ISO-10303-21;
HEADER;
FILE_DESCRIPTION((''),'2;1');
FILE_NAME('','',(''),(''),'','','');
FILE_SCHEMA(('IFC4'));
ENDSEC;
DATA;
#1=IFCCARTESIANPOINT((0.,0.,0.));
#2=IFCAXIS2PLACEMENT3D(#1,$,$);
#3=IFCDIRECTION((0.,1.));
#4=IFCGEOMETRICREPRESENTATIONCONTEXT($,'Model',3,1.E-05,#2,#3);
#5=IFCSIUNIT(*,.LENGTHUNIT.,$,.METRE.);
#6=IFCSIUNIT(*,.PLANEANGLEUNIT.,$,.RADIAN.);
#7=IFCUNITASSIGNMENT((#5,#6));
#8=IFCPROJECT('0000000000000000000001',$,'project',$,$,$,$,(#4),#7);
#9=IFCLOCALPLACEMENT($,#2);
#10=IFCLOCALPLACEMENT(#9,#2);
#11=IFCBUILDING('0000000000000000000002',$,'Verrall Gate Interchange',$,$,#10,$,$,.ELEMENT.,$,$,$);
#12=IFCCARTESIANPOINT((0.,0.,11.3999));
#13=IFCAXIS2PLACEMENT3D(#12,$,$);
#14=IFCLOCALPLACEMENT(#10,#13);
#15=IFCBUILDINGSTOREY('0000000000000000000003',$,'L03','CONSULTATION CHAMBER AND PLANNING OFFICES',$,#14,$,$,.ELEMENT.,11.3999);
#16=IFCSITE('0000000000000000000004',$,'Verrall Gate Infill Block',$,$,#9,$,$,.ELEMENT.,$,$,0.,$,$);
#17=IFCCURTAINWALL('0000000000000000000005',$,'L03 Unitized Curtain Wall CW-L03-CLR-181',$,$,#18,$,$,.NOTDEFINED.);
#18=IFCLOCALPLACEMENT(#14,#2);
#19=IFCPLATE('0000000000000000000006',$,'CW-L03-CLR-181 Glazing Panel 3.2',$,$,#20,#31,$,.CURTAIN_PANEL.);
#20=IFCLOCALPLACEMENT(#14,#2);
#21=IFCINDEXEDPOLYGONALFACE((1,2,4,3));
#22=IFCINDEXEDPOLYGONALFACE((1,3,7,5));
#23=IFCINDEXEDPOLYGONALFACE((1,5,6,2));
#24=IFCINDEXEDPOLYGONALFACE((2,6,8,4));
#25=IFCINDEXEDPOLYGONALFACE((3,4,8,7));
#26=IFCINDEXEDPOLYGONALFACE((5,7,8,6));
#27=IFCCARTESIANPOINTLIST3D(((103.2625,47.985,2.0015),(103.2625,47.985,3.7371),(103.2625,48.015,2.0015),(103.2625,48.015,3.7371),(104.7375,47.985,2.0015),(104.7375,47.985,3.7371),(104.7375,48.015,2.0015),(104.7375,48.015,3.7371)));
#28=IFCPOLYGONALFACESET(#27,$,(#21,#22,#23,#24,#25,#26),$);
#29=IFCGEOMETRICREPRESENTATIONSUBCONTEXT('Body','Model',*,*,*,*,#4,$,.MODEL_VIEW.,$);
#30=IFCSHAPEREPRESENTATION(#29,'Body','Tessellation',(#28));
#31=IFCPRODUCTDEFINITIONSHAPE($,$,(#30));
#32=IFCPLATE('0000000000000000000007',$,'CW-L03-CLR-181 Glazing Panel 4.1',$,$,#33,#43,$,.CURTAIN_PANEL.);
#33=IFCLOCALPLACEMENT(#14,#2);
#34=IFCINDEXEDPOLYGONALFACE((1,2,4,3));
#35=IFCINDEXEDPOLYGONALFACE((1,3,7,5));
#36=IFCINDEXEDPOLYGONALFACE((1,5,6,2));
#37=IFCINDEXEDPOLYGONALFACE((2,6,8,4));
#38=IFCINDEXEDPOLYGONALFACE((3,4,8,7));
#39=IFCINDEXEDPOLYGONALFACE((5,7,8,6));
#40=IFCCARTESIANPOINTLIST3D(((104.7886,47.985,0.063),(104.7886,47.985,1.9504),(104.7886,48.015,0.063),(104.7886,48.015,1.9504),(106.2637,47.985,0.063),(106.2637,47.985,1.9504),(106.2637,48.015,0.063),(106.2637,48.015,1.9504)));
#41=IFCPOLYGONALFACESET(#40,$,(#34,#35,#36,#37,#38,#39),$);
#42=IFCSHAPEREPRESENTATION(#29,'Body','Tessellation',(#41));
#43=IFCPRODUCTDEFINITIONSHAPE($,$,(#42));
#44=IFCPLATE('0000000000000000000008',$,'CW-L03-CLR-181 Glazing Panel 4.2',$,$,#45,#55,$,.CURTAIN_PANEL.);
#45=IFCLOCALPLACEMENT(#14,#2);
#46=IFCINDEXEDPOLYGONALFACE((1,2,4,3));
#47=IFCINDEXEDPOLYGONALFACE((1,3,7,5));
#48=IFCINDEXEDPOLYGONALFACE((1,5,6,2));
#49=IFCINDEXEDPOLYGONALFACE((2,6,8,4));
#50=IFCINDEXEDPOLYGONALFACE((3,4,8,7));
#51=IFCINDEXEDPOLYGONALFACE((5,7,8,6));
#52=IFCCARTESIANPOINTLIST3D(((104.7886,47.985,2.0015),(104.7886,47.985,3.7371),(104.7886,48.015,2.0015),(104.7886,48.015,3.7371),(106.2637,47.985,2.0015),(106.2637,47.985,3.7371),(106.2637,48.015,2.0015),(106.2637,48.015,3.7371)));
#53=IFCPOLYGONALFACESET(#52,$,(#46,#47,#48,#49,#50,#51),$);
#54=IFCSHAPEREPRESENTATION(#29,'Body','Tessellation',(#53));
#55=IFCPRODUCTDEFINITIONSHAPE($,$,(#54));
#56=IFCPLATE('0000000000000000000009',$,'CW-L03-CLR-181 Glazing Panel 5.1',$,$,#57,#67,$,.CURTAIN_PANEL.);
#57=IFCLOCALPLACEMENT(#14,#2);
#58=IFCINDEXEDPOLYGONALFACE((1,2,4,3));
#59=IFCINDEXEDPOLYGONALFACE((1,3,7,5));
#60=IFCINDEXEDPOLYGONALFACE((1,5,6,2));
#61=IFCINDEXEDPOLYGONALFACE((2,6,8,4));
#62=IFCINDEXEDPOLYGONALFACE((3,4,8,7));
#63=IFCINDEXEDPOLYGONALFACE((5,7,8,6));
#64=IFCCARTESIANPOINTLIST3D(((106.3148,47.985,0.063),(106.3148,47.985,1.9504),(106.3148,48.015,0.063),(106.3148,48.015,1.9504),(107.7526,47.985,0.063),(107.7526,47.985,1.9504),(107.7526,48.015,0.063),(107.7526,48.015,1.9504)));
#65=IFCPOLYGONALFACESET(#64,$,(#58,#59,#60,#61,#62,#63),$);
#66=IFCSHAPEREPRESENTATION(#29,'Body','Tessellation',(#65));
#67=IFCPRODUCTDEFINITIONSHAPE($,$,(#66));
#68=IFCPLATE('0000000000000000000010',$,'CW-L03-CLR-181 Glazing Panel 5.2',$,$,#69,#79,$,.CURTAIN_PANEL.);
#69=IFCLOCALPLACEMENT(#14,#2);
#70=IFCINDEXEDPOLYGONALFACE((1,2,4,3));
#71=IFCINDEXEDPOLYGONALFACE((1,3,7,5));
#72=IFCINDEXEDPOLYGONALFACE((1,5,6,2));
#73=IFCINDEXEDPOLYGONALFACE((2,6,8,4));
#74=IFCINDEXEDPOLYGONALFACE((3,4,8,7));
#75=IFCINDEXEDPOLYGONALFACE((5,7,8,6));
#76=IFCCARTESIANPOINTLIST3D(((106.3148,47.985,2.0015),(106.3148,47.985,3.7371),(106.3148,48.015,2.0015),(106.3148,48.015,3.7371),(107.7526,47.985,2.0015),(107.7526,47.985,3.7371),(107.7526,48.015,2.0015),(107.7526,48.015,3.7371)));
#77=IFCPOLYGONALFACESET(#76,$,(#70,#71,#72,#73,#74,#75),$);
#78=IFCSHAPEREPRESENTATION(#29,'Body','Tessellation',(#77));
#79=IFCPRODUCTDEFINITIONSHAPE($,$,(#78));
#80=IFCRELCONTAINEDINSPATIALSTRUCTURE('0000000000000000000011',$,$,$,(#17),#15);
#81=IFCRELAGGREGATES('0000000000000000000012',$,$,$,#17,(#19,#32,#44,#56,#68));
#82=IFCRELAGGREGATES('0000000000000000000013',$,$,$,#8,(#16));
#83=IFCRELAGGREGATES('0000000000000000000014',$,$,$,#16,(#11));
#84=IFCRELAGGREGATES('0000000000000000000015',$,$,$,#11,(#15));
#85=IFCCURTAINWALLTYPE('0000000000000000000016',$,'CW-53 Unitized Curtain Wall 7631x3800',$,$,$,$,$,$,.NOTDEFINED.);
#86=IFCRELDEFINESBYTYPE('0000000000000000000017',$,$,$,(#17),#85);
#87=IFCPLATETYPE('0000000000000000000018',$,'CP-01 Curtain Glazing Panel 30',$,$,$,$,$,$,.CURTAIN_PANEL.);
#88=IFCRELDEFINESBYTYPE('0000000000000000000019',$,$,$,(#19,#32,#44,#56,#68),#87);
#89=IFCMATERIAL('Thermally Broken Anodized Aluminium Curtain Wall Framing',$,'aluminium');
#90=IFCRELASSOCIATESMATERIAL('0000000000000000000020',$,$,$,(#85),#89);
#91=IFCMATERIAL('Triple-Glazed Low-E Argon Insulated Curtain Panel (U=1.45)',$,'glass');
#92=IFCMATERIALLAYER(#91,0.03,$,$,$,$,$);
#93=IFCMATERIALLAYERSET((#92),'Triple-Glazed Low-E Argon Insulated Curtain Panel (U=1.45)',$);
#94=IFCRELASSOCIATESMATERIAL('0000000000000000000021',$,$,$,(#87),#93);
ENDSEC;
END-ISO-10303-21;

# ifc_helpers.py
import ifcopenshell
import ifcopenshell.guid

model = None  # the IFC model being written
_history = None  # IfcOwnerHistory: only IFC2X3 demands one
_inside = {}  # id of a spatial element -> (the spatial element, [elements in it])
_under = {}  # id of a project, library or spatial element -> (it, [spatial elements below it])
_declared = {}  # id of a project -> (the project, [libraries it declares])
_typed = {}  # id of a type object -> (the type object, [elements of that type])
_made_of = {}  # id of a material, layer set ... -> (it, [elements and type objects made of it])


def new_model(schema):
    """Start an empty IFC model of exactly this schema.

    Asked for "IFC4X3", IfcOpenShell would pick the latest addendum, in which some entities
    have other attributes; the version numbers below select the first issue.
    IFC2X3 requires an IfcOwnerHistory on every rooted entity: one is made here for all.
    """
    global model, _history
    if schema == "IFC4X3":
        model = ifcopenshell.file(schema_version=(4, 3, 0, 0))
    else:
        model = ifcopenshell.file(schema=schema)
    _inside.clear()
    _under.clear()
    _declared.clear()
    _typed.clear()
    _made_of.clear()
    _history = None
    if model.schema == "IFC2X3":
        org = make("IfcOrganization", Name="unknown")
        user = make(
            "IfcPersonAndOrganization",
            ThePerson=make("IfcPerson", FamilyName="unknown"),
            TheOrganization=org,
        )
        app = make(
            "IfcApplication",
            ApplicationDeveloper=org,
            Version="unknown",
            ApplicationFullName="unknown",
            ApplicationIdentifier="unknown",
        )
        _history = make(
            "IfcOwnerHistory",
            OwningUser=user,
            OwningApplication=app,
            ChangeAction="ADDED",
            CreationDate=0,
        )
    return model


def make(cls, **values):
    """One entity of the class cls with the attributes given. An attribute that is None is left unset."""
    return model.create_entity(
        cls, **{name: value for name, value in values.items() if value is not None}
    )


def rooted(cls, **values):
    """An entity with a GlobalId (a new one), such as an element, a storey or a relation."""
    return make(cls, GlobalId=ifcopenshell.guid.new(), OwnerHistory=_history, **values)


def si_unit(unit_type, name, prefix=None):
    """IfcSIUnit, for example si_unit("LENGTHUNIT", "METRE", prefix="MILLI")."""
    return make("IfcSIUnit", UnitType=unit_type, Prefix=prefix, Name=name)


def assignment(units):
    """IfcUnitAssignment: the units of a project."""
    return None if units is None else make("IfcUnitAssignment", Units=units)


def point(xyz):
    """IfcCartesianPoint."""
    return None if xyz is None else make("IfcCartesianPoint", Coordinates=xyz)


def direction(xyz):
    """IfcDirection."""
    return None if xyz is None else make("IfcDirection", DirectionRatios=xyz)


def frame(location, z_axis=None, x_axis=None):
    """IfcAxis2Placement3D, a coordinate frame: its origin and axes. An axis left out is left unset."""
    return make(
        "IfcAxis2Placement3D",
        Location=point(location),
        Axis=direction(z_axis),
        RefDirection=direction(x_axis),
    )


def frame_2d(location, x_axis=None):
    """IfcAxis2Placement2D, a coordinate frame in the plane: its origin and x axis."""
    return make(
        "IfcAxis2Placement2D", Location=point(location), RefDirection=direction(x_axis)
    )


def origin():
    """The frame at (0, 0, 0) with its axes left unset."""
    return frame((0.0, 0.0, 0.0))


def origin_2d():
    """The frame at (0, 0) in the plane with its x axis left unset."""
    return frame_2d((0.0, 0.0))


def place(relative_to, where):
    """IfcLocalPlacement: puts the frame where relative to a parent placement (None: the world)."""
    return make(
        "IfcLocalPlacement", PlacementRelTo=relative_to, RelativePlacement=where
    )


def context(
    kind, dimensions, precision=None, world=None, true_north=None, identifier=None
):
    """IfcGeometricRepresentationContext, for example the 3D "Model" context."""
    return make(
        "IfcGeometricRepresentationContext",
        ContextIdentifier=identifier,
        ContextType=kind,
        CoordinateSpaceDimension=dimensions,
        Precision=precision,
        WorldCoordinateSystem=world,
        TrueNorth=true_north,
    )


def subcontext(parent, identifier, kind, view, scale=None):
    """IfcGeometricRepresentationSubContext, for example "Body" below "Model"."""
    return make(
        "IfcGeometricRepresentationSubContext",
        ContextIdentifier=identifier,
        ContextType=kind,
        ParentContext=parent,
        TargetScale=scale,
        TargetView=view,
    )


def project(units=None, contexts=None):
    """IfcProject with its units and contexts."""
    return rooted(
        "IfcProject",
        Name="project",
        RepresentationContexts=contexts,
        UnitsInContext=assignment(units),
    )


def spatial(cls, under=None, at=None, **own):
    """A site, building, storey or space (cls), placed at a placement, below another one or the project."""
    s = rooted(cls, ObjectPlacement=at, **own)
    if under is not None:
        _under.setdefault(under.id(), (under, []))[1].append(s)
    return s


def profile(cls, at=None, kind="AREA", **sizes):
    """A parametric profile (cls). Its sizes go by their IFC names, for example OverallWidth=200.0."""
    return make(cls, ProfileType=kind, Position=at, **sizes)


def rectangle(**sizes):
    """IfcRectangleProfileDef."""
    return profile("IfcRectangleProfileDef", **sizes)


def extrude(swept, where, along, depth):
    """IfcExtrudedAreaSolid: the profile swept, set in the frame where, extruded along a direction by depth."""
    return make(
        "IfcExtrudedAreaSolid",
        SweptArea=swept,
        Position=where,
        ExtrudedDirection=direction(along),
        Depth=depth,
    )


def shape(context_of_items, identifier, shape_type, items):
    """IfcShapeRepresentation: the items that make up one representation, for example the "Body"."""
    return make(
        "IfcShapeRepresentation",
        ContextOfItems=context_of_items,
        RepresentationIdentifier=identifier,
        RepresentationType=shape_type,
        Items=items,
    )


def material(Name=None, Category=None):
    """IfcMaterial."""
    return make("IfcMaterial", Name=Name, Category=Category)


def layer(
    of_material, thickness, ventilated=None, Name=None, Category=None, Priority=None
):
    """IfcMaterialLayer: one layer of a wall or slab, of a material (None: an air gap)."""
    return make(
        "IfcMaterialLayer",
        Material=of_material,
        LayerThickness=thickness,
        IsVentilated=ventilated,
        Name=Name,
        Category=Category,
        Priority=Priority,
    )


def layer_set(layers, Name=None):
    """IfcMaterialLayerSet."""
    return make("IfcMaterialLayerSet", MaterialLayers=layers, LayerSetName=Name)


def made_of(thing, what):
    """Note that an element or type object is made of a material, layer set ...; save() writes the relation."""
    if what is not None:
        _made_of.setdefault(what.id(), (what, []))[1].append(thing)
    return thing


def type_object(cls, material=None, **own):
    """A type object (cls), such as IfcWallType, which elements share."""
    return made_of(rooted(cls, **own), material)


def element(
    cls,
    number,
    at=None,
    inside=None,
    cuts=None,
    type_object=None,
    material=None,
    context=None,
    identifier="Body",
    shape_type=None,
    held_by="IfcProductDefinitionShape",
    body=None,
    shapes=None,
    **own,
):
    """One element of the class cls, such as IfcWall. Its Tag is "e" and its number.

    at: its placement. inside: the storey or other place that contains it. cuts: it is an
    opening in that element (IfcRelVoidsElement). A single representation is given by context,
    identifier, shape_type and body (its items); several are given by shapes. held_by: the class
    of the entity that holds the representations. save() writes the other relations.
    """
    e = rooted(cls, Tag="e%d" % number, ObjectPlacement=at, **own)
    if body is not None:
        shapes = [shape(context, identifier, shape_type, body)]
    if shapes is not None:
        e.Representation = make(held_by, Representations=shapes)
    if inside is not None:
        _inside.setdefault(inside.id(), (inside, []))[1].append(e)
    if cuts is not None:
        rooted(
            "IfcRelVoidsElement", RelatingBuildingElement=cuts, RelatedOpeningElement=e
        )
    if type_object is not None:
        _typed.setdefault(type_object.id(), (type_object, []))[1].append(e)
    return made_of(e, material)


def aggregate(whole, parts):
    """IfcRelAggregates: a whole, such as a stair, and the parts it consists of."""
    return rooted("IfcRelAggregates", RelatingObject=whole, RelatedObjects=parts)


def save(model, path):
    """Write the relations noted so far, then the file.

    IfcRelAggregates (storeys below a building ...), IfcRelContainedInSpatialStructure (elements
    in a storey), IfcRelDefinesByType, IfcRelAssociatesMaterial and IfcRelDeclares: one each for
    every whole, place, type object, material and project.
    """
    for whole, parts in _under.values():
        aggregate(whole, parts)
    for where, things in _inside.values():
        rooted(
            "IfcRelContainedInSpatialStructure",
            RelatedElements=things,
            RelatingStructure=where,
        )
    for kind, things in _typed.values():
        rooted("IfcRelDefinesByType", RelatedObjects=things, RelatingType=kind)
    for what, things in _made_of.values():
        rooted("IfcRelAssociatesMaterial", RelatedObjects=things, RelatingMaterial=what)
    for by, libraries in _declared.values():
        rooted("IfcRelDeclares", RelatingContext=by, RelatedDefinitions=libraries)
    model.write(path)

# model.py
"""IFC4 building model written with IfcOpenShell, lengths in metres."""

from ifc_helpers import new_model, si_unit, direction, frame, origin, origin_2d, place, context, subcontext, project, spatial, rectangle, extrude, material, layer, layer_set, type_object, element, aggregate, save


model = new_model("IFC4")

# Units and contexts
model_context = context("Model", 3, precision=1e-05, world=origin(), true_north=direction((0.0, 1.0)))
body_context = subcontext(model_context, "Body", "Model", "MODEL_VIEW")
ifc_project = project(units=[si_unit("LENGTHUNIT", "METRE"), si_unit("PLANEANGLEUNIT", "RADIAN")], contexts=[model_context])

# Site, building, storey
site_placement = place(None, origin())
site = spatial("IfcSite", under=ifc_project, at=site_placement, Name="Verrall Gate Infill Block", CompositionType="ELEMENT", RefElevation=0.0)
building_placement = place(site_placement, origin())
building = spatial("IfcBuilding", under=site, at=building_placement, Name="Verrall Gate Interchange", CompositionType="ELEMENT")
storey_placement = place(building_placement, frame((0.0, 0.0, 11.3999)))
storey = spatial("IfcBuildingStorey", under=building, at=storey_placement, Name="L03", Description="CONSULTATION CHAMBER AND PLANNING OFFICES", CompositionType="ELEMENT", Elevation=11.3999)

# Curtain wall
ifc_material_1 = material(Name="Thermally Broken Anodized Aluminium Curtain Wall Framing", Category="aluminium")
curtain_wall_type = type_object("IfcCurtainWallType", Name="CW-53 Unitized Curtain Wall 7631x3800", PredefinedType="NOTDEFINED", material=ifc_material_1)
curtain_wall_placement = place(storey_placement, origin())
curtain_wall = element("IfcCurtainWall", 1, at=curtain_wall_placement, inside=storey, type_object=curtain_wall_type, Name="L03 Unitized Curtain Wall CW-L03-CLR-181", PredefinedType="NOTDEFINED")

# Plates
ifc_material_2 = material(Name="Triple-Glazed Low-E Argon Insulated Curtain Panel (U=1.45)", Category="glass")
ifc_layer_1 = layer(ifc_material_2, 0.03)
ifc_layer_set_1 = layer_set([ifc_layer_1], Name="Triple-Glazed Low-E Argon Insulated Curtain Panel (U=1.45)")
plate_type_1 = type_object("IfcPlateType", Name="CP-01 Curtain Glazing Panel 30", PredefinedType="CURTAIN_PANEL", material=ifc_layer_set_1)
plate_1_placement = place(storey_placement, frame((104.0, 48.0, 2.0015), z_axis=(0.0, 0.0, 1.0), x_axis=(1.0, 0.0, 0.0)))
plate_1 = element("IfcPlate", 2, at=plate_1_placement, type_object=plate_type_1, Name="CW-L03-CLR-181 Glazing Panel 3.2", PredefinedType="CURTAIN_PANEL", context=body_context, shape_type="SweptSolid", body=[
    extrude(rectangle(XDim=1.4751, YDim=0.03, at=origin_2d()), origin(), (0.0, 0.0, 1.0), 1.7356),
])
plate_2_placement = place(storey_placement, frame((105.5261, 48.0, 0.063), z_axis=(0.0, 0.0, 1.0), x_axis=(1.0, 0.0, 0.0)))
plate_2 = element("IfcPlate", 3, at=plate_2_placement, type_object=plate_type_1, Name="CW-L03-CLR-181 Glazing Panel 4.1", PredefinedType="CURTAIN_PANEL", context=body_context, shape_type="SweptSolid", body=[
    extrude(rectangle(XDim=1.4751, YDim=0.03, at=origin_2d()), origin(), (0.0, 0.0, 1.0), 1.8875),
])
plate_3_placement = place(storey_placement, frame((105.5261, 48.0, 2.0015), z_axis=(0.0, 0.0, 1.0), x_axis=(1.0, 0.0, 0.0)))
plate_3 = element("IfcPlate", 4, at=plate_3_placement, type_object=plate_type_1, Name="CW-L03-CLR-181 Glazing Panel 4.2", PredefinedType="CURTAIN_PANEL", context=body_context, shape_type="SweptSolid", body=[
    extrude(rectangle(XDim=1.4751, YDim=0.03, at=origin_2d()), origin(), (0.0, 0.0, 1.0), 1.7356),
])
plate_4_placement = place(storey_placement, frame((107.0337, 48.0, 0.063), z_axis=(0.0, 0.0, 1.0), x_axis=(1.0, 0.0, 0.0)))
plate_4 = element("IfcPlate", 5, at=plate_4_placement, type_object=plate_type_1, Name="CW-L03-CLR-181 Glazing Panel 5.1", PredefinedType="CURTAIN_PANEL", context=body_context, shape_type="SweptSolid", body=[
    extrude(rectangle(XDim=1.4377, YDim=0.03, at=origin_2d()), origin(), (0.0, 0.0, 1.0), 1.8875),
])
plate_5_placement = place(storey_placement, frame((107.0337, 48.0, 2.0015), z_axis=(0.0, 0.0, 1.0), x_axis=(1.0, 0.0, 0.0)))
plate_5 = element("IfcPlate", 6, at=plate_5_placement, type_object=plate_type_1, Name="CW-L03-CLR-181 Glazing Panel 5.2", PredefinedType="CURTAIN_PANEL", context=body_context, shape_type="SweptSolid", body=[
    extrude(rectangle(XDim=1.4377, YDim=0.03, at=origin_2d()), origin(), (0.0, 0.0, 1.0), 1.7356),
])
aggregate(curtain_wall, [plate_1, plate_2, plate_3, plate_4, plate_5])

save(model, "model.ifc")
